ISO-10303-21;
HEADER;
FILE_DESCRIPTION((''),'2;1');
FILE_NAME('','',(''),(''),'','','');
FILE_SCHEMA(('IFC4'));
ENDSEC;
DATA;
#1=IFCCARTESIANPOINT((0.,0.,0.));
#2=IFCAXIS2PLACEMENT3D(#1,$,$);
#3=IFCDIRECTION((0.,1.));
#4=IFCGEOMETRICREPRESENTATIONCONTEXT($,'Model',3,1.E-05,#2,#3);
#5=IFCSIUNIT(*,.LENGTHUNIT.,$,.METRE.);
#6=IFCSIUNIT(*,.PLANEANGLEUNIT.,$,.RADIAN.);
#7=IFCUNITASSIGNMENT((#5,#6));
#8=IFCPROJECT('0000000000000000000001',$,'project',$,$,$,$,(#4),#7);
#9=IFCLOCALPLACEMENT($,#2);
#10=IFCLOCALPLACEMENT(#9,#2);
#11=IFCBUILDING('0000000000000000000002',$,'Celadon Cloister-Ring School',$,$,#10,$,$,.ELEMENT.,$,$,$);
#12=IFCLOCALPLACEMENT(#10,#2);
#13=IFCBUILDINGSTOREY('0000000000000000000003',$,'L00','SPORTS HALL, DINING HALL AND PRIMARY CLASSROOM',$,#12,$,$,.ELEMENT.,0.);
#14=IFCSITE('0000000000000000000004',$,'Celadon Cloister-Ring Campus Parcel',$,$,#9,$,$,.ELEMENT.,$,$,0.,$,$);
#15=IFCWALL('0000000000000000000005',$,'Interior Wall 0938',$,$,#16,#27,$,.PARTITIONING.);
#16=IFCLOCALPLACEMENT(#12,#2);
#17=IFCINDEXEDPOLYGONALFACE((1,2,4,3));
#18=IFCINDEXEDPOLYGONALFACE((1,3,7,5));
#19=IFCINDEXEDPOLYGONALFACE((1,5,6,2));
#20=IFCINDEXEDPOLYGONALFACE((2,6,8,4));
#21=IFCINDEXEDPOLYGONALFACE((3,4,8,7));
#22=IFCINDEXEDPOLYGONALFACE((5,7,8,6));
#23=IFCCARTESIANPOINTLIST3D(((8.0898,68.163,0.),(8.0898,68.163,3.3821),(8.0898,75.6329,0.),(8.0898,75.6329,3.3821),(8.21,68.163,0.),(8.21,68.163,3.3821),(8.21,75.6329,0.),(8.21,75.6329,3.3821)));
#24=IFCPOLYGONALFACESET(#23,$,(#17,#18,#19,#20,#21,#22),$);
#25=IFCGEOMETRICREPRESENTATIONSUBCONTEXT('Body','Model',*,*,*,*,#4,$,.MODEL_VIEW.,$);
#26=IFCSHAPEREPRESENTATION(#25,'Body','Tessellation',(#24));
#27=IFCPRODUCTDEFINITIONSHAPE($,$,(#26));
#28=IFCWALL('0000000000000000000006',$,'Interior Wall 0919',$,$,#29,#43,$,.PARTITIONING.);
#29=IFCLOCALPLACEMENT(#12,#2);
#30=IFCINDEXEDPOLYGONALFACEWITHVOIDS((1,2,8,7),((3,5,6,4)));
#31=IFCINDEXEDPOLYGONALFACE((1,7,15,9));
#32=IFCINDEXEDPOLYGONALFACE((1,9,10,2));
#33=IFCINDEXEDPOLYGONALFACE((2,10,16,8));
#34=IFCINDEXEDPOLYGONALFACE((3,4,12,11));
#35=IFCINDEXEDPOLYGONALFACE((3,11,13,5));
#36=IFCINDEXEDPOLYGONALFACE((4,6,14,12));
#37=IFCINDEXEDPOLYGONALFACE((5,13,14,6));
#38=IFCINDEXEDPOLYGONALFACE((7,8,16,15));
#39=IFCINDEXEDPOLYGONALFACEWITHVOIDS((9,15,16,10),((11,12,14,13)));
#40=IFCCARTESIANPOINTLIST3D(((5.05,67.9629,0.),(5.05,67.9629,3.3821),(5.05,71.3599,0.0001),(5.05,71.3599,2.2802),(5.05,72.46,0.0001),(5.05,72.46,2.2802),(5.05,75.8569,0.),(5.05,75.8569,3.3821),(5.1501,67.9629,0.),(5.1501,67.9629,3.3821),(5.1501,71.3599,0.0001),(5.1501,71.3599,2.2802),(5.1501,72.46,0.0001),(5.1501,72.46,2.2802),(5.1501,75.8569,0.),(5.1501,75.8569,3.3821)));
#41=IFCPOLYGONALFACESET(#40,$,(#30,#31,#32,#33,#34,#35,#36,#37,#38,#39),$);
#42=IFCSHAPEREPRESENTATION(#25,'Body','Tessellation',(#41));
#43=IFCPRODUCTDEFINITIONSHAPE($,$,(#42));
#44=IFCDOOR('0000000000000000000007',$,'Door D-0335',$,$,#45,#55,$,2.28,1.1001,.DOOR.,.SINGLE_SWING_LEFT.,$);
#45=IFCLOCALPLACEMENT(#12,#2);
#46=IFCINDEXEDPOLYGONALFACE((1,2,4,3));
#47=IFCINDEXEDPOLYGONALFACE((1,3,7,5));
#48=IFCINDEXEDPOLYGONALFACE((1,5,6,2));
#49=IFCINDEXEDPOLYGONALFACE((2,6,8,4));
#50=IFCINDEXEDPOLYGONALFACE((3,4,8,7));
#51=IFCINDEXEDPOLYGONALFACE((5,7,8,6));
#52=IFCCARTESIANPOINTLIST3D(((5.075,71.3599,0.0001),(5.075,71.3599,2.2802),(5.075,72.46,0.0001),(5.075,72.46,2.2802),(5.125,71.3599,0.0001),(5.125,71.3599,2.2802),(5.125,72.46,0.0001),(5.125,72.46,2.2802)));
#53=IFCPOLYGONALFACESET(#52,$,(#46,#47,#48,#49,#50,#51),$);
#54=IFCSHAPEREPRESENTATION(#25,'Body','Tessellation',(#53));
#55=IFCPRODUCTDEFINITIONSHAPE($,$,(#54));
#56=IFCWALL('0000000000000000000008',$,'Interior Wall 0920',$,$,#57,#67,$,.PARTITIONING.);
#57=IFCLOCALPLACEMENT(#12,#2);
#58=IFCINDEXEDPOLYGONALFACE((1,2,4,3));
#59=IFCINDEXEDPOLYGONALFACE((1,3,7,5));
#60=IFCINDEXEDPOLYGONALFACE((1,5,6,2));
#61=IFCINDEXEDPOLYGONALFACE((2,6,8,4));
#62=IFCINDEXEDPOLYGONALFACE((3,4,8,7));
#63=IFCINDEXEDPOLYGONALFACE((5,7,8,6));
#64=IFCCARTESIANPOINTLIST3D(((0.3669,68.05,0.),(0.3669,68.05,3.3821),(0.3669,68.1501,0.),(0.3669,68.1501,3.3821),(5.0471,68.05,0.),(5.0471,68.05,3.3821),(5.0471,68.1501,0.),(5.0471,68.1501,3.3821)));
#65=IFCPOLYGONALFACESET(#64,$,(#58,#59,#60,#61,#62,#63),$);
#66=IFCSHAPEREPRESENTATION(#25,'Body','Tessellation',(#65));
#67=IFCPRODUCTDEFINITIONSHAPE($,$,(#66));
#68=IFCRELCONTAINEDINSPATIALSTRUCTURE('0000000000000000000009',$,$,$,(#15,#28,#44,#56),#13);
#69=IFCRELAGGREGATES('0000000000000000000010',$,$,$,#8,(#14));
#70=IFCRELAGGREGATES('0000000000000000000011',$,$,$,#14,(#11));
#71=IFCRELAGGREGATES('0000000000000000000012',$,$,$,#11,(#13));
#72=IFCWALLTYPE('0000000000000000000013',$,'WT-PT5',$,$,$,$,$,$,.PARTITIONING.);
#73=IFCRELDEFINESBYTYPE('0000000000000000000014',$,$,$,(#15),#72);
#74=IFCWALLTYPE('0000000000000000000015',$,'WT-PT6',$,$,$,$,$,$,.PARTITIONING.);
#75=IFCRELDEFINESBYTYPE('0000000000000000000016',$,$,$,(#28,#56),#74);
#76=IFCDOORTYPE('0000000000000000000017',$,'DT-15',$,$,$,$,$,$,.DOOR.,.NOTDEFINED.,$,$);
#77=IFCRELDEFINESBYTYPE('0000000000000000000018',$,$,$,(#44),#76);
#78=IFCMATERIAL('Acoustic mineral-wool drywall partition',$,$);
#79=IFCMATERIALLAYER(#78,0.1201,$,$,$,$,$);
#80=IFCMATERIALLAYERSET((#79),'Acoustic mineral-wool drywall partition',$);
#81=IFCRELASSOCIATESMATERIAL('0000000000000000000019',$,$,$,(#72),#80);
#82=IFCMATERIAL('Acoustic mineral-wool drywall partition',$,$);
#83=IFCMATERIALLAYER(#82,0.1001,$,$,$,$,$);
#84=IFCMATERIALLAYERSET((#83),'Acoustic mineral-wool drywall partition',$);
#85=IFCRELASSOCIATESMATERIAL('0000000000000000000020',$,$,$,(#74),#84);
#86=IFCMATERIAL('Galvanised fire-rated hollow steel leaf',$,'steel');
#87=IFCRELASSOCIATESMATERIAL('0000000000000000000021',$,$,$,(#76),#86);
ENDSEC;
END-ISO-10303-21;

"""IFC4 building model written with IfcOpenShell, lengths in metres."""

from ifc_helpers import new_model, si_unit, direction, frame, frame_2d, origin, place, context, subcontext, project, spatial, rectangle, extrude, material, layer, layer_set, type_object, element, fill, save


model = new_model("IFC4")

# Units and contexts
model_context = context("Model", 3, precision=1e-05, world=origin(), true_north=direction((0.0, 1.0)))
body_context = subcontext(model_context, "Body", "Model", "MODEL_VIEW")
ifc_project = project(units=[si_unit("LENGTHUNIT", "METRE"), si_unit("PLANEANGLEUNIT", "RADIAN")], contexts=[model_context])

# Site, building, storey
site_placement = place(None, origin())
site = spatial("IfcSite", under=ifc_project, at=site_placement, Name="Celadon Cloister-Ring Campus Parcel", CompositionType="ELEMENT", RefElevation=0.0)
building_placement = place(site_placement, origin())
building = spatial("IfcBuilding", under=site, at=building_placement, Name="Celadon Cloister-Ring School", CompositionType="ELEMENT")
storey_placement = place(building_placement, origin())
storey = spatial("IfcBuildingStorey", under=building, at=storey_placement, Name="L00", Description="SPORTS HALL, DINING HALL AND PRIMARY CLASSROOM", CompositionType="ELEMENT", Elevation=0.0)

# Shared definitions
ifc_material_1 = material(Name="Acoustic mineral-wool drywall partition")
ifc_layer_1 = layer(ifc_material_1, 0.1201)
ifc_layer_set_1 = layer_set([ifc_layer_1], Name="Acoustic mineral-wool drywall partition")
wall_type_1 = type_object("IfcWallType", Name="WT-PT5", PredefinedType="PARTITIONING", material=ifc_layer_set_1)

# Wall
wall_1_placement = place(storey_placement, frame((8.1499, 68.1631, 0.0), z_axis=(0.0, 0.0, 1.0), x_axis=(0.0, 1.0, 0.0)))
element("IfcWall", 1, at=wall_1_placement, inside=storey, type_object=wall_type_1, Name="Interior Wall 0938", PredefinedType="PARTITIONING", context=body_context, shape_type="SweptSolid", body=[
    extrude(rectangle(XDim=7.47, YDim=0.1201, at=frame_2d((3.7349, 0.0))), origin(), (0.0, 0.0, 1.0), 3.3821),
])

# Wall, opening, door
ifc_material_2 = material(Name="Acoustic mineral-wool drywall partition")
ifc_layer_2 = layer(ifc_material_2, 0.1001)
ifc_layer_set_2 = layer_set([ifc_layer_2], Name="Acoustic mineral-wool drywall partition")
wall_type_2 = type_object("IfcWallType", Name="WT-PT6", PredefinedType="PARTITIONING", material=ifc_layer_set_2)
wall_2_placement = place(storey_placement, frame((5.1001, 75.8569, 0.0), z_axis=(0.0, 0.0, 1.0), x_axis=(0.0, -1.0, 0.0)))
wall_2 = element("IfcWall", 2, at=wall_2_placement, inside=storey, type_object=wall_type_2, Name="Interior Wall 0919", PredefinedType="PARTITIONING", context=body_context, shape_type="SweptSolid", body=[
    extrude(rectangle(XDim=7.894, YDim=0.1001, at=frame_2d((3.947, 0.0))), origin(), (0.0, 0.0, 1.0), 3.3821),
])
opening_1_placement = place(wall_2_placement, frame((3.397, 0.0, 0.0)))
opening_1 = element("IfcOpeningElement", 3, at=opening_1_placement, cuts=wall_2, PredefinedType="OPENING", context=body_context, shape_type="SweptSolid", body=[
    extrude(rectangle(XDim=1.1001, YDim=2.28, at=frame_2d((0.55, 1.1401))), frame((0.0, 0.0601, 0.0), z_axis=(0.0, -1.0, 0.0), x_axis=(1.0, 0.0, 0.0)), (0.0, 0.0, 1.0), 0.1201),
])
ifc_material_3 = material(Name="Galvanised fire-rated hollow steel leaf", Category="steel")
door_type_1 = type_object("IfcDoorType", Name="DT-15", OperationType="NOTDEFINED", PredefinedType="DOOR", material=ifc_material_3)
door_1_placement = place(opening_1_placement, origin())
door_1 = element("IfcDoor", 4, at=door_1_placement, inside=storey, type_object=door_type_1, Name="Door D-0335", OperationType="SINGLE_SWING_LEFT", OverallHeight=2.28, OverallWidth=1.1001, PredefinedType="DOOR", context=body_context, shape_type="SweptSolid", body=[
    extrude(rectangle(XDim=1.1001, YDim=2.28, at=frame_2d((0.55, 1.1401))), frame((0.0, 0.0249, 0.0), z_axis=(0.0, -1.0, 0.0), x_axis=(1.0, 0.0, 0.0)), (0.0, 0.0, 1.0), 0.05),
])
fill(opening_1, door_1)

# Wall
wall_3_placement = place(storey_placement, frame((5.0471, 68.1001, 0.0), z_axis=(0.0, 0.0, 1.0), x_axis=(-1.0, 0.0, 0.0)))
element("IfcWall", 5, at=wall_3_placement, inside=storey, type_object=wall_type_2, Name="Interior Wall 0920", PredefinedType="PARTITIONING", context=body_context, shape_type="SweptSolid", body=[
    extrude(rectangle(XDim=4.6802, YDim=0.1001, at=frame_2d((2.3401, 0.0))), origin(), (0.0, 0.0, 1.0), 3.3821),
])

save(model, "model.ifc")
